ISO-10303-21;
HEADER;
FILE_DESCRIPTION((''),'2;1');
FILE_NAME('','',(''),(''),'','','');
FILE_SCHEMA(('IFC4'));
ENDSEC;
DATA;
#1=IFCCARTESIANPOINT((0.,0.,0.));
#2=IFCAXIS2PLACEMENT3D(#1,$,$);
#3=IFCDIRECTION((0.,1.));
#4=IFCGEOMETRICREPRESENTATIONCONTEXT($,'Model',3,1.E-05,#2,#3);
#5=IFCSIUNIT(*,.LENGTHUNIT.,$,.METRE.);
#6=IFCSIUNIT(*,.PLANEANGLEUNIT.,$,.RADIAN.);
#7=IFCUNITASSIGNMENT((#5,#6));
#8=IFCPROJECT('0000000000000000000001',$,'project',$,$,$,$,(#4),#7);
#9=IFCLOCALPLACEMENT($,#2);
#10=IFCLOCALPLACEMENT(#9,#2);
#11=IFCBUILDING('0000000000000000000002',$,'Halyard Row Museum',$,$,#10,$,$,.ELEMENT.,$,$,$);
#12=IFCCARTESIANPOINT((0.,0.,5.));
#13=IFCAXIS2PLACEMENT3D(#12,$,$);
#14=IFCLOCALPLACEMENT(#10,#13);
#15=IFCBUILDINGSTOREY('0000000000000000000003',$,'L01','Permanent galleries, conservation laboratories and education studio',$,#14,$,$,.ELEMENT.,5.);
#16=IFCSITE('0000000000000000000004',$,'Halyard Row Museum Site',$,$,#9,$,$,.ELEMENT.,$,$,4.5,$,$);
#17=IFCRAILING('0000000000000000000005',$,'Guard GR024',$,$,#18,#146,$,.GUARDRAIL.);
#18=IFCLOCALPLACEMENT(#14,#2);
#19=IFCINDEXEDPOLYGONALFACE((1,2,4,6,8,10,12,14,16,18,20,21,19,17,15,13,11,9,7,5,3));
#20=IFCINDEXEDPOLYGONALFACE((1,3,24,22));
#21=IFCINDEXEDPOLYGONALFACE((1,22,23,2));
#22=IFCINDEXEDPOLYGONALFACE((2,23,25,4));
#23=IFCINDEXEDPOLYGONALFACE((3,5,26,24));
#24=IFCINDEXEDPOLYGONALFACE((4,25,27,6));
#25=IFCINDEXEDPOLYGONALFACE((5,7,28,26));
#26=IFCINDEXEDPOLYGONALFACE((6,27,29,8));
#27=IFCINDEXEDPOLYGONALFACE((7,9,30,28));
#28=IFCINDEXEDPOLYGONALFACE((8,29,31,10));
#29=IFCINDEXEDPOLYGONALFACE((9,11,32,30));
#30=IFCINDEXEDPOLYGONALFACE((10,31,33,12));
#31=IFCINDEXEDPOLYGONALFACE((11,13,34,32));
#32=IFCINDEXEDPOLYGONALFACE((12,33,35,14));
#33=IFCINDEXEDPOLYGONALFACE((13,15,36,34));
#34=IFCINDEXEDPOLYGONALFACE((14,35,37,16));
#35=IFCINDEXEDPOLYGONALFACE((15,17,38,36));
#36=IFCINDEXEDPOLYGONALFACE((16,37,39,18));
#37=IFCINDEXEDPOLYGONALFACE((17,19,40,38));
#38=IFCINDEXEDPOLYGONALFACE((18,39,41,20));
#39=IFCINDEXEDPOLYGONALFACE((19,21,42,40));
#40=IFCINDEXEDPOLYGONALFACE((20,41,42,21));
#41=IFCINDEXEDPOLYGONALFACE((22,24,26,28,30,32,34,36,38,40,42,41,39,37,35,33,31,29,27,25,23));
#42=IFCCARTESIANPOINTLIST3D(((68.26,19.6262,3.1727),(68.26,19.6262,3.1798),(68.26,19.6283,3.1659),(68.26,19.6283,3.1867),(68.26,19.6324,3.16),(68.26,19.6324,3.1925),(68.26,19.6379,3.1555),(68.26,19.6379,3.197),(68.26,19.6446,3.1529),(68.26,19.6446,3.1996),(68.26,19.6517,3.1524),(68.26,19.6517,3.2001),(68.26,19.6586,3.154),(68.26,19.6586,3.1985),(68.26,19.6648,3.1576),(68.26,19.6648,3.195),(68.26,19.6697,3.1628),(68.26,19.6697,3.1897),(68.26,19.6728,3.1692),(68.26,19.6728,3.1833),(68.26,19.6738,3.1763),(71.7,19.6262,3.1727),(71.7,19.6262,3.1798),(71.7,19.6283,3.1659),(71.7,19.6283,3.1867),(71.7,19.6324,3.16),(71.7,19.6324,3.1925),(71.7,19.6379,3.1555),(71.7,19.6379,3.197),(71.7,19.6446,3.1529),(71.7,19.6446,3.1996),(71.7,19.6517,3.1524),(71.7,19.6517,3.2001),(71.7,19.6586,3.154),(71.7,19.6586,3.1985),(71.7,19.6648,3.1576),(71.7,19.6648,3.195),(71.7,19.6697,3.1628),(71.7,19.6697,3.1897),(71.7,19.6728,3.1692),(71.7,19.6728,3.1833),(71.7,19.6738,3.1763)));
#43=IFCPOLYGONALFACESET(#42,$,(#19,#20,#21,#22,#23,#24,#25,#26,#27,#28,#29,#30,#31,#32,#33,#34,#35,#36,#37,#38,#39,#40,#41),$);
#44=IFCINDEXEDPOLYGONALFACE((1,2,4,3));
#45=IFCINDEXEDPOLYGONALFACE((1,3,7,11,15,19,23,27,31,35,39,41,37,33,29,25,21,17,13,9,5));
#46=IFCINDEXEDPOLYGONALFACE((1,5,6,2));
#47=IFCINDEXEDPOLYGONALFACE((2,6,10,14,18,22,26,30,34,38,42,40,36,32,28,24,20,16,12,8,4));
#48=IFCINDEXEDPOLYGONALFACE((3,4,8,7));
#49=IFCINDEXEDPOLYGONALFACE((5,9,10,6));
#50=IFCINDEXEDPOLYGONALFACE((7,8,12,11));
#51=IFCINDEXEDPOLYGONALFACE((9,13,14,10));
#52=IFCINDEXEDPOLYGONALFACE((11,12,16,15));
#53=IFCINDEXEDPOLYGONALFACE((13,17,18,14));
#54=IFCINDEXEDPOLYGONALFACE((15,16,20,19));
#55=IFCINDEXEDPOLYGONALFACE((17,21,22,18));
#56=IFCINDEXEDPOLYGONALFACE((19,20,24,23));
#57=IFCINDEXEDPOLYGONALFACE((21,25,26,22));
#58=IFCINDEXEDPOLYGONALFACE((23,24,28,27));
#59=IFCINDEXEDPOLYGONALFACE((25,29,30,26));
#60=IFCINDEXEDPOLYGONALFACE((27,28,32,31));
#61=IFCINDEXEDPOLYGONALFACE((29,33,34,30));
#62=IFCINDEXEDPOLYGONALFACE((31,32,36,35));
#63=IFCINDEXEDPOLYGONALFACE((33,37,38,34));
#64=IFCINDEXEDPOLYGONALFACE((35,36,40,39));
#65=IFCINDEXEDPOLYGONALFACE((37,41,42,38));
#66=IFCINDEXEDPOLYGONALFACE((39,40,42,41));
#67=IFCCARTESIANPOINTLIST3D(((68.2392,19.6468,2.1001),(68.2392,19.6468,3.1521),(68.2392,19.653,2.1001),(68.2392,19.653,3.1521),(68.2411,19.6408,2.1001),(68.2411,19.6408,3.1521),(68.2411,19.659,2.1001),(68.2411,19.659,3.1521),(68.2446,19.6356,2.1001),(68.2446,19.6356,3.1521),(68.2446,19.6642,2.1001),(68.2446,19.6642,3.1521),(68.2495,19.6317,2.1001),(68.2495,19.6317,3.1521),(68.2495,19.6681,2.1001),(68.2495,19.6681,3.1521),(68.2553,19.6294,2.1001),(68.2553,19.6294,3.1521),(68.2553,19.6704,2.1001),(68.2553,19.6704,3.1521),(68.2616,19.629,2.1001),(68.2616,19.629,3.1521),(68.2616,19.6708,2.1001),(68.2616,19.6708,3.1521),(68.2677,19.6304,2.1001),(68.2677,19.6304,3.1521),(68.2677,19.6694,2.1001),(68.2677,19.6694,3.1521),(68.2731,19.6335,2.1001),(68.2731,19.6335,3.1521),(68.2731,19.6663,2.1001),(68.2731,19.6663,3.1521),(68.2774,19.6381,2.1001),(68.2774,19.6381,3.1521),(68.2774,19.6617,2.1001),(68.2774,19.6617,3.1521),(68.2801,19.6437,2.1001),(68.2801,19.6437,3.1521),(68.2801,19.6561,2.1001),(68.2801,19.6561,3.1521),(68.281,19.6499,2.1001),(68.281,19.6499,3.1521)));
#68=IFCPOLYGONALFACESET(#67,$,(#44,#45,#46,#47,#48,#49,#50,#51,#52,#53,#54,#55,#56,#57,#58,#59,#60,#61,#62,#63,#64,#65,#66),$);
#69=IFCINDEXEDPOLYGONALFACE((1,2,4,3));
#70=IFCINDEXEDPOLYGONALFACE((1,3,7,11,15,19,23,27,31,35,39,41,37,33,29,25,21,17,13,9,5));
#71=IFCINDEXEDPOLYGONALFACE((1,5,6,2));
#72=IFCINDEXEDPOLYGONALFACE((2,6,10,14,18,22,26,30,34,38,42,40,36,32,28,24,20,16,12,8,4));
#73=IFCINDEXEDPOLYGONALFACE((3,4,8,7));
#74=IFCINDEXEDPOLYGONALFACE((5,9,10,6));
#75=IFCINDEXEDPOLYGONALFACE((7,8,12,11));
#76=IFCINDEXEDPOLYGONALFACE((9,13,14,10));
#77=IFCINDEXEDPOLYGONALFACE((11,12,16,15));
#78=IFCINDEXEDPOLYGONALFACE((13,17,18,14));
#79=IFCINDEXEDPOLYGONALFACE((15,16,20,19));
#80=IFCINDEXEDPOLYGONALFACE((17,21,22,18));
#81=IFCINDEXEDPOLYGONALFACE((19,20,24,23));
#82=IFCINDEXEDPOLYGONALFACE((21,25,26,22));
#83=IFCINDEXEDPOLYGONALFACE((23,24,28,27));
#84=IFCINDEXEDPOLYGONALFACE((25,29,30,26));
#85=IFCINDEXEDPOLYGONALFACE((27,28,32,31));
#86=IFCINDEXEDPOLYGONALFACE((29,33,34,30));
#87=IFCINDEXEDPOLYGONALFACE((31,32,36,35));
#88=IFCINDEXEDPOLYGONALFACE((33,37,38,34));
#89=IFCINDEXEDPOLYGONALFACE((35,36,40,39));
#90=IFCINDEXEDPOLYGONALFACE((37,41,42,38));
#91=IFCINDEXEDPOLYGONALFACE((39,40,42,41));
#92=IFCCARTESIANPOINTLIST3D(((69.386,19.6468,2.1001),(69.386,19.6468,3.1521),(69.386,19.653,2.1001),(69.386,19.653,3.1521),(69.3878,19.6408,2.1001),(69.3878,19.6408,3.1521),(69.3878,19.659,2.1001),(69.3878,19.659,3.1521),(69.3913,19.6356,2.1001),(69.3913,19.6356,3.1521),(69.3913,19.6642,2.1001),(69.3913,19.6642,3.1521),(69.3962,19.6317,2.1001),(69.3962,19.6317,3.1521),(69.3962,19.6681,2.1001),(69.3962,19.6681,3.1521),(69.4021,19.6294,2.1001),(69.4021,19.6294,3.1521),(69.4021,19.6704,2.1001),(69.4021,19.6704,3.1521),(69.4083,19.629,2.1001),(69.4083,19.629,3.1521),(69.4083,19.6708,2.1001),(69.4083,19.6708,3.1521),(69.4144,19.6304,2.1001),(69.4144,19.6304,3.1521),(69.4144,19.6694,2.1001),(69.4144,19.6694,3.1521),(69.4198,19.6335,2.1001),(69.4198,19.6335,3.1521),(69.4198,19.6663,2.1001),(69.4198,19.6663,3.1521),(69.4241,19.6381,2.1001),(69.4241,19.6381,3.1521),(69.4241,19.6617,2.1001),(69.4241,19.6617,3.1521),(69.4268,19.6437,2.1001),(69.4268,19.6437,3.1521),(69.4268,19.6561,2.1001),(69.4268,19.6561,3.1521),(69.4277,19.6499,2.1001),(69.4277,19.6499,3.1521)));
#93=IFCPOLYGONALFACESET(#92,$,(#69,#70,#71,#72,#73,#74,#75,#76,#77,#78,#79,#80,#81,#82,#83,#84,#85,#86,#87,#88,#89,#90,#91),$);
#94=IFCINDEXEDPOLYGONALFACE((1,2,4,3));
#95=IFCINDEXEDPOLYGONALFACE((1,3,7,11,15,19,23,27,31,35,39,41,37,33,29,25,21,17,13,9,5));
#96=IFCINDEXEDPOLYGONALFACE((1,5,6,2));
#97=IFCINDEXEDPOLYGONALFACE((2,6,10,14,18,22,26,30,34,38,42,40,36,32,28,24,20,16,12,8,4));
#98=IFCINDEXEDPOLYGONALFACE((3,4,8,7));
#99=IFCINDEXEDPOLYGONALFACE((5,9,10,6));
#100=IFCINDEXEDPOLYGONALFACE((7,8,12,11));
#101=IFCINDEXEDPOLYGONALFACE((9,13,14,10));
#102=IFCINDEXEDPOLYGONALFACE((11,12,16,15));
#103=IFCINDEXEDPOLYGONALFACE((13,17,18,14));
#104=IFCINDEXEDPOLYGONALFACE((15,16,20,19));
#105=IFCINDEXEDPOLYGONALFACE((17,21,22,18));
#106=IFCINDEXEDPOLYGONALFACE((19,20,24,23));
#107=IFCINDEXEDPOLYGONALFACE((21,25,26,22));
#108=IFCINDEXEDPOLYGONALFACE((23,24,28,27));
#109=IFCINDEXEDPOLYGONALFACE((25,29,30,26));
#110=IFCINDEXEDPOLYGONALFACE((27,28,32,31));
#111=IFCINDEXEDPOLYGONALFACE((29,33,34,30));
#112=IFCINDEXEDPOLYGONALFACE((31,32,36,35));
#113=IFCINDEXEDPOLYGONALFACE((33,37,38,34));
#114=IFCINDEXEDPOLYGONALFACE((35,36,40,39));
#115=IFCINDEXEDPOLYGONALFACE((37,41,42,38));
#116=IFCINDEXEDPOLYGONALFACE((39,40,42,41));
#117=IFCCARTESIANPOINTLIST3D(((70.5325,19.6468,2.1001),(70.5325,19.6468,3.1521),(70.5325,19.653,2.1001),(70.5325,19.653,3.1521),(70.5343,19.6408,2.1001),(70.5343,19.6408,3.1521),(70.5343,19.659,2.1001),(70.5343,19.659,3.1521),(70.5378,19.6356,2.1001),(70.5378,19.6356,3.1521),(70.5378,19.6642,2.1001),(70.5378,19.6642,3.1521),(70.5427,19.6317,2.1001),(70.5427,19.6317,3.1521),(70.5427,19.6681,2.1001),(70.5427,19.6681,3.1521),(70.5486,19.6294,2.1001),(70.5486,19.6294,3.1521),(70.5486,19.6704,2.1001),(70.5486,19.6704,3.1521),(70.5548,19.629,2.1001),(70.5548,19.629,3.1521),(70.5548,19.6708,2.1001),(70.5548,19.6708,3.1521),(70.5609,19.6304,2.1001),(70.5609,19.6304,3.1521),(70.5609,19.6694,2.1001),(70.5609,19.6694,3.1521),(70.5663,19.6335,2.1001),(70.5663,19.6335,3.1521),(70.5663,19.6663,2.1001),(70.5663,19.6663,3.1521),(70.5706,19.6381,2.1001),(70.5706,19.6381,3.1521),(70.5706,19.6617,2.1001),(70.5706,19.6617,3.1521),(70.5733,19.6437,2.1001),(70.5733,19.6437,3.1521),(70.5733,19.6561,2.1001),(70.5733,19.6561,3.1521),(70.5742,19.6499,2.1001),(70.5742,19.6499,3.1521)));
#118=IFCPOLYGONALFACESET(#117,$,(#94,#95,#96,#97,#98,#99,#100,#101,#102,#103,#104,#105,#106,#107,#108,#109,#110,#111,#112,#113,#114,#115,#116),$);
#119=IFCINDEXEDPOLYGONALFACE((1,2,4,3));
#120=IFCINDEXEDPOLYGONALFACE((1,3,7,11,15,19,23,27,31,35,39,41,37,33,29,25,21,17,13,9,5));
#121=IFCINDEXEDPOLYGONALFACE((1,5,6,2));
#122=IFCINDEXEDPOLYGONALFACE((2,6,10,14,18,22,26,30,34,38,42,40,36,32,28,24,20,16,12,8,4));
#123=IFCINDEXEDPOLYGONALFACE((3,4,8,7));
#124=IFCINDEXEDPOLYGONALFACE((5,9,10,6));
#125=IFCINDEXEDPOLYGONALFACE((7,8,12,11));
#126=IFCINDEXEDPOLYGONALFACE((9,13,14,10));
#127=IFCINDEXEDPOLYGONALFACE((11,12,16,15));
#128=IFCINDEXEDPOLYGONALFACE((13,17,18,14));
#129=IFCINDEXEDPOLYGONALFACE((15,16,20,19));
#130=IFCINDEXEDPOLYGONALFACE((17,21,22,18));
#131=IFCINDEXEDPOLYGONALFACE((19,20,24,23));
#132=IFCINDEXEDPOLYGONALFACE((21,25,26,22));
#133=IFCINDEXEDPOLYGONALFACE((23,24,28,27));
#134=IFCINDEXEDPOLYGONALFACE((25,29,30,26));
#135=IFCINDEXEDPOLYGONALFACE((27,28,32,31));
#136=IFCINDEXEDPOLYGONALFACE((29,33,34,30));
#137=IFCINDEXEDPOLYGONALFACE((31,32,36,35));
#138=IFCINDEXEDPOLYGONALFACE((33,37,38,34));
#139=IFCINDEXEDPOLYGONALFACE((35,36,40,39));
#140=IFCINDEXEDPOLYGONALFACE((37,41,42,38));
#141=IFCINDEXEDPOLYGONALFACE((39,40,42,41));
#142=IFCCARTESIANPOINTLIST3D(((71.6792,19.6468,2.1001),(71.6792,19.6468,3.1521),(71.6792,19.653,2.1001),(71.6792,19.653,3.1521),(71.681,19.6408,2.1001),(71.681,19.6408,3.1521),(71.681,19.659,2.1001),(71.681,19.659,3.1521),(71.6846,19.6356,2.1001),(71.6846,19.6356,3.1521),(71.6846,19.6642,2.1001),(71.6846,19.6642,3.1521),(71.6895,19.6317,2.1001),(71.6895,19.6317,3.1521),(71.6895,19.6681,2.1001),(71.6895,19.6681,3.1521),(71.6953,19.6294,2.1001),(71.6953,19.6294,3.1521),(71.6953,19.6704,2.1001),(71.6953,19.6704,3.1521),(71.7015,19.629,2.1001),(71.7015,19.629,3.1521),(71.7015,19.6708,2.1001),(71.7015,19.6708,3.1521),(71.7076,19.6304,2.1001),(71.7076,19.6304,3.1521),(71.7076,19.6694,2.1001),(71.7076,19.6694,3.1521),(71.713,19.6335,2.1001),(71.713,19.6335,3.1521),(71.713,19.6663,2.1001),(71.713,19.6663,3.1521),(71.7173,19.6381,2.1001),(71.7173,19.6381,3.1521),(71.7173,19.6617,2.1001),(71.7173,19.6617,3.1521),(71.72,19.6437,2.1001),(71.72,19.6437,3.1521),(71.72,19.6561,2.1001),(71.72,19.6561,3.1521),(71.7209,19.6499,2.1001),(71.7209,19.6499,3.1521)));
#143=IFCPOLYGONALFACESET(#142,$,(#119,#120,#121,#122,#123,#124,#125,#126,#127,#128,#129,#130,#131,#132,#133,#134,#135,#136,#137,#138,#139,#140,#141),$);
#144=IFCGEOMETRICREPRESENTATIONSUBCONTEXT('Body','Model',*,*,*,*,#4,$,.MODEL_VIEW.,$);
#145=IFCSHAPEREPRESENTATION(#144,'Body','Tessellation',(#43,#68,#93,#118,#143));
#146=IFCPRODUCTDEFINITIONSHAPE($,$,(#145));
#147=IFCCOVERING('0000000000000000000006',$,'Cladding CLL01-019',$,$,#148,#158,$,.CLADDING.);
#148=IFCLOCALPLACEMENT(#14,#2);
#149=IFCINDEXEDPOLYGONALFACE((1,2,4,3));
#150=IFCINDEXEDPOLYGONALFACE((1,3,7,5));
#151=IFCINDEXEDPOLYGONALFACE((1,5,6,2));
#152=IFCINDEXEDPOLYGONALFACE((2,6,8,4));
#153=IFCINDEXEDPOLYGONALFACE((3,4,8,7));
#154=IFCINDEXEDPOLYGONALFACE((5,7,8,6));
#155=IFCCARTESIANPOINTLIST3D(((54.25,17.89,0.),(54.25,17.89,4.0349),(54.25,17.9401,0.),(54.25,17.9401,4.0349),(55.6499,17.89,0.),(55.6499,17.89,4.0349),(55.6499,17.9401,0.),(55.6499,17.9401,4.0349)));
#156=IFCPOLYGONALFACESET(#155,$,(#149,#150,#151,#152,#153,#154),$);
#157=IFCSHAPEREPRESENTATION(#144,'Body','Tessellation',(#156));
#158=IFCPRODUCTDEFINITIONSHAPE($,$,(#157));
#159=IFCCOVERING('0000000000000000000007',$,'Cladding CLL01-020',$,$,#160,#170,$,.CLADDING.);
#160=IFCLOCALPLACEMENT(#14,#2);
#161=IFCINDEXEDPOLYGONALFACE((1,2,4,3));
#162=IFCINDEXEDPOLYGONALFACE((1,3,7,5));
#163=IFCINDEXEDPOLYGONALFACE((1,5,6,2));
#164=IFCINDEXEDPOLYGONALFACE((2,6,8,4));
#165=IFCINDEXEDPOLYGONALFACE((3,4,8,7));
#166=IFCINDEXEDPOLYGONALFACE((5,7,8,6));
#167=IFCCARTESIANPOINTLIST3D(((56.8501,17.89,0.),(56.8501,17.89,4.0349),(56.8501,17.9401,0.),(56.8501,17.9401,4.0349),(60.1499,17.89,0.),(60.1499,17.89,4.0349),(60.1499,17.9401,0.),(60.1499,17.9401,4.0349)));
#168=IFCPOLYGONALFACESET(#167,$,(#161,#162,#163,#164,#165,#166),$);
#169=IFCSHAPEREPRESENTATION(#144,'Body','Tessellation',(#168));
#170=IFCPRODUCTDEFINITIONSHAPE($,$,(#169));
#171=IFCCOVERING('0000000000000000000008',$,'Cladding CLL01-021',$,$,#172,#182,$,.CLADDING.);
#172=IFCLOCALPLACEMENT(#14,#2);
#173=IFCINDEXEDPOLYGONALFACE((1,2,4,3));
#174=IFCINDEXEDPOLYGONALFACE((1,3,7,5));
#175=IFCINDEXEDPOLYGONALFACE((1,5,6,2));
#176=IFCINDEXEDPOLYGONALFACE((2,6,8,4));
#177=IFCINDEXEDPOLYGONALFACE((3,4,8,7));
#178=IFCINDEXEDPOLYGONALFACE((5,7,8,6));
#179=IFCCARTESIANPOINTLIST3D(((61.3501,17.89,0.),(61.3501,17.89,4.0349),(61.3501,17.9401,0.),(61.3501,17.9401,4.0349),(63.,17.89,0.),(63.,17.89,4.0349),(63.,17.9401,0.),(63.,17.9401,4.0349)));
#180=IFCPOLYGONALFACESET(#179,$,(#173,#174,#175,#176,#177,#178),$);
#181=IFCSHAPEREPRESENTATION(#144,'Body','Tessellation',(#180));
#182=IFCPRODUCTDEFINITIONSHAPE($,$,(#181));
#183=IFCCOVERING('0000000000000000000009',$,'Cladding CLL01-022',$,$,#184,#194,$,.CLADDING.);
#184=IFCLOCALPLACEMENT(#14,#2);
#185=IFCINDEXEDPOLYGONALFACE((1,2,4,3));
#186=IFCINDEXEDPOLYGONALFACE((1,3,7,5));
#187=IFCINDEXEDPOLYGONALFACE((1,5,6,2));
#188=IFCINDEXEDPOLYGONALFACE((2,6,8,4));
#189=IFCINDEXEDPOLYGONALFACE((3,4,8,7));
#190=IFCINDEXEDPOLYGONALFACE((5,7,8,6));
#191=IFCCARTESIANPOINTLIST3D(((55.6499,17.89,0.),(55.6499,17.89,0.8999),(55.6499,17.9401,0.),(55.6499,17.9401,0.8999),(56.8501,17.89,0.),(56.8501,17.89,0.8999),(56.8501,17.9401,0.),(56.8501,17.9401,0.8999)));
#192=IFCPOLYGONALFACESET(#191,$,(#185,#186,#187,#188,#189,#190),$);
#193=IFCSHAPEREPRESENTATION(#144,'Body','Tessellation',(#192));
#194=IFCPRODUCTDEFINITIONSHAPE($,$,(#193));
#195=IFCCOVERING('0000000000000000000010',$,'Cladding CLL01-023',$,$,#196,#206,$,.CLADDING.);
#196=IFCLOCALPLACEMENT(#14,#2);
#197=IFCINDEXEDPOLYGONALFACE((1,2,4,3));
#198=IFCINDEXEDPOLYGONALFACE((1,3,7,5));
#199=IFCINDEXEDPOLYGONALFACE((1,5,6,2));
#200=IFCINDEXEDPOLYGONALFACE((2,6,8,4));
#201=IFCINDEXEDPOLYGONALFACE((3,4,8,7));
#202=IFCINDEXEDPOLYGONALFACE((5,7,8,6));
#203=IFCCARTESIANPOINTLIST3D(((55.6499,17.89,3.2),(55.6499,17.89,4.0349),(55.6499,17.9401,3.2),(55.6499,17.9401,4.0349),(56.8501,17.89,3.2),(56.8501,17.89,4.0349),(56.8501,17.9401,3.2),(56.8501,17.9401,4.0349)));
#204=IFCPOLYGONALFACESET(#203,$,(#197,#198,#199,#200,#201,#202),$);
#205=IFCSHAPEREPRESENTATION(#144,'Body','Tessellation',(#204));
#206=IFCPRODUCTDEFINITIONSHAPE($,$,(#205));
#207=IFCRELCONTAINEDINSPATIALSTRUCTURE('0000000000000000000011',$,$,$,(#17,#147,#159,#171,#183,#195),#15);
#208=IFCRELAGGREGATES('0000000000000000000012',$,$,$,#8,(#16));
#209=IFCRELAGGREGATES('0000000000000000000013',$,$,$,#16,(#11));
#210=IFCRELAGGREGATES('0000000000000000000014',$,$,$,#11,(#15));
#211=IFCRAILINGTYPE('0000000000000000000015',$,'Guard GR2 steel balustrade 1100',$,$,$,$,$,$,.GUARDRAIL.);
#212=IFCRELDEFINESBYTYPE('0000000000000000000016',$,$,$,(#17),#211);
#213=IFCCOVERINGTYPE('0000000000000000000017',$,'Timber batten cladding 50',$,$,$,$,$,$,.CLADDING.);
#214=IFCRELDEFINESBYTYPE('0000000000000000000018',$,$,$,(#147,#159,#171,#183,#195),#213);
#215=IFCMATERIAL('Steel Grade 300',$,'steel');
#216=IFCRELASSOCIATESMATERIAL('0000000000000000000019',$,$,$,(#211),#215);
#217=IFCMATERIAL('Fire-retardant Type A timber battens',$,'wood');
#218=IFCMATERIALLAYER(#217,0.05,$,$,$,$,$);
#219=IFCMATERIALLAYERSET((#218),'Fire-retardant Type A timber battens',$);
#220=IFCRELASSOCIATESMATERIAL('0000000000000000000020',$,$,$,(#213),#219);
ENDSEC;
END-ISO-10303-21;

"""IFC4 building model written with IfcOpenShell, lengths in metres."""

from ifc_helpers import new_model, si_unit, direction, frame, frame_2d, origin, origin_2d, place, context, subcontext, project, spatial, rectangle, circle, extrude, material, layer, layer_set, type_object, element, save


model = new_model("IFC4")

# Units and contexts
model_context = context("Model", 3, precision=1e-05, world=origin(), true_north=direction((0.0, 1.0)))
body_context = subcontext(model_context, "Body", "Model", "MODEL_VIEW")
ifc_project = project(units=[si_unit("LENGTHUNIT", "METRE"), si_unit("PLANEANGLEUNIT", "RADIAN")], contexts=[model_context])

# Site, building, storey
site_placement = place(None, origin())
site = spatial("IfcSite", under=ifc_project, at=site_placement, Name="Halyard Row Museum Site", CompositionType="ELEMENT", RefElevation=4.5)
building_placement = place(site_placement, origin())
building = spatial("IfcBuilding", under=site, at=building_placement, Name="Halyard Row Museum", CompositionType="ELEMENT")
storey_placement = place(building_placement, frame((0.0, 0.0, 5.0)))
storey = spatial("IfcBuildingStorey", under=building, at=storey_placement, Name="L01", Description="Permanent galleries, conservation laboratories and education studio", CompositionType="ELEMENT", Elevation=5.0)

# Railing
ifc_material_1 = material(Name="Steel Grade 300", Category="steel")
railing_type_1 = type_object("IfcRailingType", Name="Guard GR2 steel balustrade 1100", PredefinedType="GUARDRAIL", material=ifc_material_1)
railing_1_placement = place(storey_placement, frame((68.26, 19.6499, 2.1001)))
element("IfcRailing", 1, at=railing_1_placement, inside=storey, type_object=railing_type_1, Name="Guard GR024", PredefinedType="GUARDRAIL", context=body_context, shape_type="SweptSolid", body=[
    extrude(circle(Radius=0.0239, at=origin_2d()), frame((0.0, 0.0, 1.0762), z_axis=(1.0, 0.0, 0.0), x_axis=(0.0, 1.0, 0.0)), (0.0, 0.0, 1.0), 3.4399),
    extrude(circle(Radius=0.021, at=origin_2d()), origin(), (0.0, 0.0, 1.0), 1.052),
    extrude(circle(Radius=0.021, at=origin_2d()), frame((1.1467, 0.0, 0.0)), (0.0, 0.0, 1.0), 1.052),
    extrude(circle(Radius=0.021, at=origin_2d()), frame((2.2932, 0.0, 0.0)), (0.0, 0.0, 1.0), 1.052),
    extrude(circle(Radius=0.021, at=origin_2d()), frame((3.4399, 0.0, 0.0)), (0.0, 0.0, 1.0), 1.052),
])

# Coverings
ifc_material_2 = material(Name="Fire-retardant Type A timber battens", Category="wood")
ifc_layer_1 = layer(ifc_material_2, 0.05)
ifc_layer_set_1 = layer_set([ifc_layer_1], Name="Fire-retardant Type A timber battens")
covering_type = type_object("IfcCoveringType", Name="Timber batten cladding 50", PredefinedType="CLADDING", material=ifc_layer_set_1)
covering_1_placement = place(storey_placement, frame((54.25, 17.915, 0.0), z_axis=(0.0, 0.0, 1.0), x_axis=(1.0, 0.0, 0.0)))
element("IfcCovering", 2, at=covering_1_placement, inside=storey, type_object=covering_type, Name="Cladding CLL01-019", PredefinedType="CLADDING", context=body_context, shape_type="SweptSolid", body=[
    extrude(rectangle(XDim=1.3999, YDim=0.05, at=frame_2d((0.7, 0.0))), origin(), (0.0, 0.0, 1.0), 4.0349),
])
covering_2_placement = place(storey_placement, frame((56.8501, 17.915, 0.0), z_axis=(0.0, 0.0, 1.0), x_axis=(1.0, 0.0, 0.0)))
element("IfcCovering", 3, at=covering_2_placement, inside=storey, type_object=covering_type, Name="Cladding CLL01-020", PredefinedType="CLADDING", context=body_context, shape_type="SweptSolid", body=[
    extrude(rectangle(XDim=3.2998, YDim=0.05, at=frame_2d((1.6499, 0.0))), origin(), (0.0, 0.0, 1.0), 4.0349),
])
covering_3_placement = place(storey_placement, frame((61.3501, 17.915, 0.0), z_axis=(0.0, 0.0, 1.0), x_axis=(1.0, 0.0, 0.0)))
element("IfcCovering", 4, at=covering_3_placement, inside=storey, type_object=covering_type, Name="Cladding CLL01-021", PredefinedType="CLADDING", context=body_context, shape_type="SweptSolid", body=[
    extrude(rectangle(XDim=1.6499, YDim=0.05, at=frame_2d((0.825, 0.0))), origin(), (0.0, 0.0, 1.0), 4.0349),
])
covering_4_placement = place(storey_placement, frame((55.6499, 17.915, 0.0), z_axis=(0.0, 0.0, 1.0), x_axis=(1.0, 0.0, 0.0)))
element("IfcCovering", 5, at=covering_4_placement, inside=storey, type_object=covering_type, Name="Cladding CLL01-022", PredefinedType="CLADDING", context=body_context, shape_type="SweptSolid", body=[
    extrude(rectangle(XDim=1.2002, YDim=0.05, at=frame_2d((0.6001, 0.0))), origin(), (0.0, 0.0, 1.0), 0.8999),
])
covering_5_placement = place(storey_placement, frame((55.6499, 17.915, 3.2), z_axis=(0.0, 0.0, 1.0), x_axis=(1.0, 0.0, 0.0)))
element("IfcCovering", 6, at=covering_5_placement, inside=storey, type_object=covering_type, Name="Cladding CLL01-023", PredefinedType="CLADDING", context=body_context, shape_type="SweptSolid", body=[
    extrude(rectangle(XDim=1.2002, YDim=0.05, at=frame_2d((0.6001, 0.0))), origin(), (0.0, 0.0, 1.0), 0.835),
])

save(model, "model.ifc")
